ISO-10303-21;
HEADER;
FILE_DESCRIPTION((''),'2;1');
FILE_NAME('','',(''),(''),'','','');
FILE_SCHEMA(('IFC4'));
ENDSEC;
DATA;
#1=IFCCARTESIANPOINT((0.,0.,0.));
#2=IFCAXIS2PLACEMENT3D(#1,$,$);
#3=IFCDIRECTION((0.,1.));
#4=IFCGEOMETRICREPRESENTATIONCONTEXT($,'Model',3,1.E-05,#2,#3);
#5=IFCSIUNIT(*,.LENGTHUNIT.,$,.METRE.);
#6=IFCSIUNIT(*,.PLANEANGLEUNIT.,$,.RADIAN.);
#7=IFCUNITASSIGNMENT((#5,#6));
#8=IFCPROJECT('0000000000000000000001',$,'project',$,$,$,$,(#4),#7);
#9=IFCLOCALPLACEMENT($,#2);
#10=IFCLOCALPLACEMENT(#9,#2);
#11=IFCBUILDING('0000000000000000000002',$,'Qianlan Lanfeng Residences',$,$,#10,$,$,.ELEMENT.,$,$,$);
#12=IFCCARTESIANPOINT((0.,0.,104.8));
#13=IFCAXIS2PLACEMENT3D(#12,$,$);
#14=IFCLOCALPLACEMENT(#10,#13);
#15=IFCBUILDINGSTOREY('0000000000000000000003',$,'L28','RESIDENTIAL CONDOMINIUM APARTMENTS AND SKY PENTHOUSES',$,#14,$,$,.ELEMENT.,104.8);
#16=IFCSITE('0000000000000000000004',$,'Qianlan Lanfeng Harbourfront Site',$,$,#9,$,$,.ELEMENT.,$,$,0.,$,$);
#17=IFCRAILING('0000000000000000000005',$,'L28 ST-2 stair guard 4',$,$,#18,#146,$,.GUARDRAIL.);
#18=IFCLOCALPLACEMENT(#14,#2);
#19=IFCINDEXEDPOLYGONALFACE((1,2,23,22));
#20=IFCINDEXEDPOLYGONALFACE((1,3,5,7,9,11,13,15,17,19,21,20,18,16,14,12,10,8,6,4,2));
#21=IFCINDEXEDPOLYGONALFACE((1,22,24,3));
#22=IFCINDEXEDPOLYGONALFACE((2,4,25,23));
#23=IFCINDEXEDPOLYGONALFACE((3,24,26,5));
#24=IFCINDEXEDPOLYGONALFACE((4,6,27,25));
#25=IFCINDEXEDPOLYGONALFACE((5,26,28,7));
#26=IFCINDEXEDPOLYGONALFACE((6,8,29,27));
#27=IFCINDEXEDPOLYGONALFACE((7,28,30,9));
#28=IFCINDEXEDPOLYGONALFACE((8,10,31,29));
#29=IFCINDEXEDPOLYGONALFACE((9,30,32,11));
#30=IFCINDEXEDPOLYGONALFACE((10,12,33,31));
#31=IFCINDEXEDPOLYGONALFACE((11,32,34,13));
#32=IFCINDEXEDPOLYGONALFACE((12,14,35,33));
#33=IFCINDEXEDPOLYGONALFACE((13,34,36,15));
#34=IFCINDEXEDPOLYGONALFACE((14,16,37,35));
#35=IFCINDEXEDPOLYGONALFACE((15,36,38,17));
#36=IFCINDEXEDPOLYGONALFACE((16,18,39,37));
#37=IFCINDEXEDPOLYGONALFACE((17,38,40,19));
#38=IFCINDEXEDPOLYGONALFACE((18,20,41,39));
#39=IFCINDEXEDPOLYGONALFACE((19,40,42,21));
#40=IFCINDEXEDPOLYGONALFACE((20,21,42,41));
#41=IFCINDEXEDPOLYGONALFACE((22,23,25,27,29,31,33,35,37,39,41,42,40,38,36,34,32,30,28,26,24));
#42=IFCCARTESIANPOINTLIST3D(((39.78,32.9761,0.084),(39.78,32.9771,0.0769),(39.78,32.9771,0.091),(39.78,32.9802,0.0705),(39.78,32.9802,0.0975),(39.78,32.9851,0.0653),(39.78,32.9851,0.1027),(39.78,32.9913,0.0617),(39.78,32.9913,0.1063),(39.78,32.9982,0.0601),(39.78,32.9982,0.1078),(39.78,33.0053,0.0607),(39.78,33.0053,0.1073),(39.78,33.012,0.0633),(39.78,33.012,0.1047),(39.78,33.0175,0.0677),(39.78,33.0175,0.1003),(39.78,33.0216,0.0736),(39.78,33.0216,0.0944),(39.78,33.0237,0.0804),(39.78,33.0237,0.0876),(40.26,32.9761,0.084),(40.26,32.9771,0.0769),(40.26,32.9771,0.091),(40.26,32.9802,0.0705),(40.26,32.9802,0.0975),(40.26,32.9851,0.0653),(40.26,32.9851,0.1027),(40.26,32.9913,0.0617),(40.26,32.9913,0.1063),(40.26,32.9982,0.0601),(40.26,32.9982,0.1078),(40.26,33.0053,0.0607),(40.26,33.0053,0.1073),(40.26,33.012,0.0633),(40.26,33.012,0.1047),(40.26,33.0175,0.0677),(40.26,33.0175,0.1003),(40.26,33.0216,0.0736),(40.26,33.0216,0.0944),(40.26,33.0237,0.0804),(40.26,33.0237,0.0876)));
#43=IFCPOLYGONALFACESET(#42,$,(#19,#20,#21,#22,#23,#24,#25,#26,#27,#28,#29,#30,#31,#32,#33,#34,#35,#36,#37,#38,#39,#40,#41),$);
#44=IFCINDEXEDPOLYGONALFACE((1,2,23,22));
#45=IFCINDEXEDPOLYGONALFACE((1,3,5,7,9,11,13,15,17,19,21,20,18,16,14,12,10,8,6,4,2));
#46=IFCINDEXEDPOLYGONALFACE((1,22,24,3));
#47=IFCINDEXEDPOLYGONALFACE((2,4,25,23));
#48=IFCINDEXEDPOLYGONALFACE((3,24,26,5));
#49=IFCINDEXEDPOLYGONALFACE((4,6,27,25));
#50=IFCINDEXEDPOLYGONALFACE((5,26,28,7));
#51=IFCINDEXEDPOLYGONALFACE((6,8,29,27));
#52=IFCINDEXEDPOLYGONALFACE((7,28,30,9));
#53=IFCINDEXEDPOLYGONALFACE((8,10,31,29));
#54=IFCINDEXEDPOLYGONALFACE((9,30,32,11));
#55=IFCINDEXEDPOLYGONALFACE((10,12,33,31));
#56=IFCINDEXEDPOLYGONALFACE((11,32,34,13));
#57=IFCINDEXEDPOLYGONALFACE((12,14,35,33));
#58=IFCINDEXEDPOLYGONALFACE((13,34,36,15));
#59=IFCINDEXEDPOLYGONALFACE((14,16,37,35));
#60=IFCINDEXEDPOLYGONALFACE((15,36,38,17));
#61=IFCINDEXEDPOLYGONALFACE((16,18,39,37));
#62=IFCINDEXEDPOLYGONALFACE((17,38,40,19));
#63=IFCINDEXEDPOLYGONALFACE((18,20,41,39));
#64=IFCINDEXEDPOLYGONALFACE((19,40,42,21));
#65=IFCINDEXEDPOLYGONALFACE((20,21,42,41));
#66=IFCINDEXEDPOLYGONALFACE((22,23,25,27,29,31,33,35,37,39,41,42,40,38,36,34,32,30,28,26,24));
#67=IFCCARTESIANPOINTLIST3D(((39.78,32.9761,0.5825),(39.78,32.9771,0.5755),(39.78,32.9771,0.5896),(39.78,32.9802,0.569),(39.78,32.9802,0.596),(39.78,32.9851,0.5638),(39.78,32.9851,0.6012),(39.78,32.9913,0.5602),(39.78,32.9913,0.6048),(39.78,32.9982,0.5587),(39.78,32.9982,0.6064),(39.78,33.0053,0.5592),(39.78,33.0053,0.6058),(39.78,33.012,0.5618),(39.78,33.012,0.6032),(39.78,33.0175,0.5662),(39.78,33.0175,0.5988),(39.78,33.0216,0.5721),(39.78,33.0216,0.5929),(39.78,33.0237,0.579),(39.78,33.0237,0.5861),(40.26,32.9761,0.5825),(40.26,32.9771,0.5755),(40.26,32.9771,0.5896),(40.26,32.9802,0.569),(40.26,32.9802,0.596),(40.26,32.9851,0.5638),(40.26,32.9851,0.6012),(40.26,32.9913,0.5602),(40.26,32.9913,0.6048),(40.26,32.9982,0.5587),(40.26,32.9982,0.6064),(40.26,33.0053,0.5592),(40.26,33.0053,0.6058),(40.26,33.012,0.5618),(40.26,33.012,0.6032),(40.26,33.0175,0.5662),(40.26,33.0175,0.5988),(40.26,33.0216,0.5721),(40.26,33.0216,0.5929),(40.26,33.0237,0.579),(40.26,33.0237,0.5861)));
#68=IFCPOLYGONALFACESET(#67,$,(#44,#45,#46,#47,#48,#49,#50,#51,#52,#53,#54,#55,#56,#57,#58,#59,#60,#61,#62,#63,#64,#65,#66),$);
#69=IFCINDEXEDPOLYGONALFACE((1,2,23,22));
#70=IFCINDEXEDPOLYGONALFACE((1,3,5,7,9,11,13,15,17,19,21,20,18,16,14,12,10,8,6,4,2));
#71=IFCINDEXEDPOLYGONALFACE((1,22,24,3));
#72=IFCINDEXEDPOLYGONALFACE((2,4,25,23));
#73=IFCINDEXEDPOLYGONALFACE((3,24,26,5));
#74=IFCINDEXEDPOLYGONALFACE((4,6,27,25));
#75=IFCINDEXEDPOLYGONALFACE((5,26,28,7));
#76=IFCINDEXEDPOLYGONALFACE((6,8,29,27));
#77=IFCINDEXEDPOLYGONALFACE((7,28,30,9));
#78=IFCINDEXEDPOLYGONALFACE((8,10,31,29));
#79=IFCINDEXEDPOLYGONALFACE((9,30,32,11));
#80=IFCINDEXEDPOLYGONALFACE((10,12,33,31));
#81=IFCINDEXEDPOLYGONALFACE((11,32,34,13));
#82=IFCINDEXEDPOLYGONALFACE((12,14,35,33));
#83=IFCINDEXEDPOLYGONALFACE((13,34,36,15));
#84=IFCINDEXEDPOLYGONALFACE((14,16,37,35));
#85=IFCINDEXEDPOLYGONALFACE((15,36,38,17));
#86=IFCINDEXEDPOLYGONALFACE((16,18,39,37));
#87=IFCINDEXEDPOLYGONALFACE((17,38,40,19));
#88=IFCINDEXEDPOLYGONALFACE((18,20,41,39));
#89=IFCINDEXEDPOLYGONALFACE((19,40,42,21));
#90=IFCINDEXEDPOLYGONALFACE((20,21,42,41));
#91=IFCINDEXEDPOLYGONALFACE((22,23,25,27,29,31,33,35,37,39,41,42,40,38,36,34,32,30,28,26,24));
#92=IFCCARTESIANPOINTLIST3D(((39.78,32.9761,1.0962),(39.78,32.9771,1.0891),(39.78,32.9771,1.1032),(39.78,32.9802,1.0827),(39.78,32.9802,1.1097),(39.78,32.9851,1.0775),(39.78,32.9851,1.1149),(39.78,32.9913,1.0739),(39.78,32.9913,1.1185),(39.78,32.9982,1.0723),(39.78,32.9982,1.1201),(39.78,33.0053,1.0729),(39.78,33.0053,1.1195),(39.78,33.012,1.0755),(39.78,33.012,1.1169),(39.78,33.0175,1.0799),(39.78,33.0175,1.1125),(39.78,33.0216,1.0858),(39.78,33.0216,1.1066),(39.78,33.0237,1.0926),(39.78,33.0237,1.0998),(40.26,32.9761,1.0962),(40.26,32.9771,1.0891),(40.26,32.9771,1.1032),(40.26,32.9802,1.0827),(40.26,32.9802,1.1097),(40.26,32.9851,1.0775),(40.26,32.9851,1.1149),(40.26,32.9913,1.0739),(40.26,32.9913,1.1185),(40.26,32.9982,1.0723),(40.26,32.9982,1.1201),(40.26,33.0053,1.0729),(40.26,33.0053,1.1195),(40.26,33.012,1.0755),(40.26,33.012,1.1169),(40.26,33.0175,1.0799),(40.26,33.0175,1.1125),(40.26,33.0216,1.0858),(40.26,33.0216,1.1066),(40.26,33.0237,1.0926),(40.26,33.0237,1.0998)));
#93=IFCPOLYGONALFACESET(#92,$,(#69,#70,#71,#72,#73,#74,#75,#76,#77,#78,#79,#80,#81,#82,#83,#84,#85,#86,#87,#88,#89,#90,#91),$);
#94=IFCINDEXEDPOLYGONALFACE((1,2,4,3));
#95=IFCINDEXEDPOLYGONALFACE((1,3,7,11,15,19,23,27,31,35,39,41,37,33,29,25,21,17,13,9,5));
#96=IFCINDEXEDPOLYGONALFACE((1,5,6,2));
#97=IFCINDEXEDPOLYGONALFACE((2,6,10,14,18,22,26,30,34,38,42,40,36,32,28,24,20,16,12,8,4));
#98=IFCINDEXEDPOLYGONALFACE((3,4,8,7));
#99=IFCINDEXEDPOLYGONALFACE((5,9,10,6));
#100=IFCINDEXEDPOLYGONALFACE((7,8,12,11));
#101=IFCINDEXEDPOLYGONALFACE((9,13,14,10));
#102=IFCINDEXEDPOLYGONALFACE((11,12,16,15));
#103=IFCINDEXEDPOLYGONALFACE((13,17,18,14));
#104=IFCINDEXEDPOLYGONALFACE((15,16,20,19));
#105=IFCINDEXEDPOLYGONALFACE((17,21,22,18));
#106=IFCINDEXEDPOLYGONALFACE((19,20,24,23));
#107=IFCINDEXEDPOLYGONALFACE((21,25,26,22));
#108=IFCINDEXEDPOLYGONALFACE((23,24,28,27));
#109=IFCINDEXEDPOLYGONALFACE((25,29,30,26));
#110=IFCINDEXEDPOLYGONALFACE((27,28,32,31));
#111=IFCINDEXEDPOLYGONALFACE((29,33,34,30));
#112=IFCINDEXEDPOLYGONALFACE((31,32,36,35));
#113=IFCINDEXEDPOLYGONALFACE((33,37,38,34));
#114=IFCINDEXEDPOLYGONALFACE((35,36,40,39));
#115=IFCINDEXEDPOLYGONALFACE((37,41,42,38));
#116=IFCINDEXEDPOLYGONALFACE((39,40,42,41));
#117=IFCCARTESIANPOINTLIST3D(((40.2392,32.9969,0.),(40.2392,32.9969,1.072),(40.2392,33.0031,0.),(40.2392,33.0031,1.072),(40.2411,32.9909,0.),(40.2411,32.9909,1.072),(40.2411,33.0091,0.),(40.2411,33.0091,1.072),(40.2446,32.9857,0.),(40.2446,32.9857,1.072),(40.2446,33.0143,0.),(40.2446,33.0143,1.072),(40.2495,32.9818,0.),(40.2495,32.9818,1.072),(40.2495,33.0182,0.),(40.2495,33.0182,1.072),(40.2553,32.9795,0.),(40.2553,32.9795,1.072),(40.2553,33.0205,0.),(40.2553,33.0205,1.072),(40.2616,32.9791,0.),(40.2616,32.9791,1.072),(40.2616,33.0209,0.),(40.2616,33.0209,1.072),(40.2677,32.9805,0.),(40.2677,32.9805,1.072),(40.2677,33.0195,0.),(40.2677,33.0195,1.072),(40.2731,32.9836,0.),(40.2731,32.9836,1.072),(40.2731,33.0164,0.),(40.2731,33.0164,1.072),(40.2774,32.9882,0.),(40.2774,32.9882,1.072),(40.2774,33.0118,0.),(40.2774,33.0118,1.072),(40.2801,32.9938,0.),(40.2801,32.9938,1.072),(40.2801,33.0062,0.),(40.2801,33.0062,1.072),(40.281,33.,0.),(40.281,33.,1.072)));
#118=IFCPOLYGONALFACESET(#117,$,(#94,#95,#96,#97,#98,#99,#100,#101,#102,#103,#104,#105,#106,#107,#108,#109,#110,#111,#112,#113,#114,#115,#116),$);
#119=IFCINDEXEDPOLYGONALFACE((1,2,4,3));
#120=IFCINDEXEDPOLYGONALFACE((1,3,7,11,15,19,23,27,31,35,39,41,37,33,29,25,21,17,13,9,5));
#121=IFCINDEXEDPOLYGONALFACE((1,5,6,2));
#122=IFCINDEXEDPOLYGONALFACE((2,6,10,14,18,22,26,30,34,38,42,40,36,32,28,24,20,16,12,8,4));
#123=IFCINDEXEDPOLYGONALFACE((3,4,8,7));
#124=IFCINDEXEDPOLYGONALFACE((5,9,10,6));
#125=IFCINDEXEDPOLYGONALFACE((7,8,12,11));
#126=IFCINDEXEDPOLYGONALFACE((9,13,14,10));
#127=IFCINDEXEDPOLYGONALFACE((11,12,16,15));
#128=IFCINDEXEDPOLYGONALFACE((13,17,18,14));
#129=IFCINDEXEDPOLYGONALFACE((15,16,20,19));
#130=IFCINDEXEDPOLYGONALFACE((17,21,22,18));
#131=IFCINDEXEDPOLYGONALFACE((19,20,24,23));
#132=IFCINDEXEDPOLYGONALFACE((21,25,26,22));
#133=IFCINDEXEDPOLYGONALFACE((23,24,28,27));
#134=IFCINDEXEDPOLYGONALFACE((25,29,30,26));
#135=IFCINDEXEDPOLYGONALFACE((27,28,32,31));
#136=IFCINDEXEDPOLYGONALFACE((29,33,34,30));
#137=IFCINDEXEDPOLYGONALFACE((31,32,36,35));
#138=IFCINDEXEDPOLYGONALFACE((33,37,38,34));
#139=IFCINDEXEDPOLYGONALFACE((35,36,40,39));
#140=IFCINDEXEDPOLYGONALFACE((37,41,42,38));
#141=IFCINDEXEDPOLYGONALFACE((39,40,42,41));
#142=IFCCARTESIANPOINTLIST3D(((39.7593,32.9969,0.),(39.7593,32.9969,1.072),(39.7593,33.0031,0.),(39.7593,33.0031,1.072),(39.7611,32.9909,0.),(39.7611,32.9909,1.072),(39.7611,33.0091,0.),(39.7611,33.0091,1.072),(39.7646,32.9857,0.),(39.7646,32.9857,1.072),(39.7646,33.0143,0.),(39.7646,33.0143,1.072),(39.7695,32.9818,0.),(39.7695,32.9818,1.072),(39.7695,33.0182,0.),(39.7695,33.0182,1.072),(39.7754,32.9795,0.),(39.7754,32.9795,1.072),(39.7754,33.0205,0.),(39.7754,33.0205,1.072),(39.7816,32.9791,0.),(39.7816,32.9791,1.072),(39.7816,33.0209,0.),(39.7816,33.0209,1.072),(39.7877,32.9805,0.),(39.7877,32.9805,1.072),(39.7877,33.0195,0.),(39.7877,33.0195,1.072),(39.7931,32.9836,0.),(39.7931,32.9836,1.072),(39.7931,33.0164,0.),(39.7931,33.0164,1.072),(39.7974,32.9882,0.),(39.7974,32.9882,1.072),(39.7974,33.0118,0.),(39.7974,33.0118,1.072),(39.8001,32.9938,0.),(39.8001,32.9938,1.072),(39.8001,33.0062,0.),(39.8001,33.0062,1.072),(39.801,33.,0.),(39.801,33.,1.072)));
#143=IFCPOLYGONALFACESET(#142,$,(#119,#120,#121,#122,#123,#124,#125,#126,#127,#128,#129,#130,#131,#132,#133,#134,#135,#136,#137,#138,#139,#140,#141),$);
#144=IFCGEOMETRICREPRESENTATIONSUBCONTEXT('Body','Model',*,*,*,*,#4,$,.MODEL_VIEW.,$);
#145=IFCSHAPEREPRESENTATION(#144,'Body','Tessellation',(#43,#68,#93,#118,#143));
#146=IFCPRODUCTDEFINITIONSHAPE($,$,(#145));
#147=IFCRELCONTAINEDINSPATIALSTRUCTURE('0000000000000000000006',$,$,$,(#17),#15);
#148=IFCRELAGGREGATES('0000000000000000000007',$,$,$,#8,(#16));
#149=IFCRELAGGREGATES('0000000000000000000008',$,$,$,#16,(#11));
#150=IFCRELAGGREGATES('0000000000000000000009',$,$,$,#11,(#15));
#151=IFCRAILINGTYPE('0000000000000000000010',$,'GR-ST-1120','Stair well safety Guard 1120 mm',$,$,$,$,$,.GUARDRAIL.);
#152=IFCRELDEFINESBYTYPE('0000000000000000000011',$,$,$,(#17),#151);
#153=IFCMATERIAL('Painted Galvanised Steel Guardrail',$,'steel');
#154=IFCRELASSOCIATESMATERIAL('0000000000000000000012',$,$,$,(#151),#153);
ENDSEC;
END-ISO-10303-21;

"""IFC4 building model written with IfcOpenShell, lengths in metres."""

from ifc_helpers import new_model, si_unit, direction, frame, origin, origin_2d, place, context, subcontext, project, spatial, circle, extrude, material, type_object, element, save


model = new_model("IFC4")

# Units and contexts
model_context = context("Model", 3, precision=1e-05, world=origin(), true_north=direction((0.0, 1.0)))
body_context = subcontext(model_context, "Body", "Model", "MODEL_VIEW")
ifc_project = project(units=[si_unit("LENGTHUNIT", "METRE"), si_unit("PLANEANGLEUNIT", "RADIAN")], contexts=[model_context])

# Site, building, storey
site_placement = place(None, origin())
site = spatial("IfcSite", under=ifc_project, at=site_placement, Name="Qianlan Lanfeng Harbourfront Site", CompositionType="ELEMENT", RefElevation=0.0)
building_placement = place(site_placement, origin())
building = spatial("IfcBuilding", under=site, at=building_placement, Name="Qianlan Lanfeng Residences", CompositionType="ELEMENT")
storey_placement = place(building_placement, frame((0.0, 0.0, 104.8)))
storey = spatial("IfcBuildingStorey", under=building, at=storey_placement, Name="L28", Description="RESIDENTIAL CONDOMINIUM APARTMENTS AND SKY PENTHOUSES", CompositionType="ELEMENT", Elevation=104.8)

# Railing
ifc_material_1 = material(Name="Painted Galvanised Steel Guardrail", Category="steel")
railing_type_1 = type_object("IfcRailingType", Name="GR-ST-1120", Description="Stair well safety Guard 1120 mm", PredefinedType="GUARDRAIL", material=ifc_material_1)
railing_1_placement = place(storey_placement, frame((40.26, 33.0, 0.0)))
element("IfcRailing", 1, at=railing_1_placement, inside=storey, type_object=railing_type_1, Name="L28 ST-2 stair guard 4", PredefinedType="GUARDRAIL", context=body_context, shape_type="SweptSolid", body=[
    extrude(circle(Radius=0.0239, at=origin_2d()), frame((0.0, 0.0, 0.084), z_axis=(-1.0, 0.0, 0.0), x_axis=(0.0, -1.0, 0.0)), (0.0, 0.0, 1.0), 0.48),
    extrude(circle(Radius=0.0239, at=origin_2d()), frame((0.0, 0.0, 0.5825), z_axis=(-1.0, 0.0, 0.0), x_axis=(0.0, -1.0, 0.0)), (0.0, 0.0, 1.0), 0.48),
    extrude(circle(Radius=0.0239, at=origin_2d()), frame((0.0, 0.0, 1.0962), z_axis=(-1.0, 0.0, 0.0), x_axis=(0.0, -1.0, 0.0)), (0.0, 0.0, 1.0), 0.48),
    extrude(circle(Radius=0.021, at=origin_2d()), origin(), (0.0, 0.0, 1.0), 1.072),
    extrude(circle(Radius=0.021, at=origin_2d()), frame((-0.48, 0.0, 0.0)), (0.0, 0.0, 1.0), 1.072),
])

save(model, "model.ifc")
